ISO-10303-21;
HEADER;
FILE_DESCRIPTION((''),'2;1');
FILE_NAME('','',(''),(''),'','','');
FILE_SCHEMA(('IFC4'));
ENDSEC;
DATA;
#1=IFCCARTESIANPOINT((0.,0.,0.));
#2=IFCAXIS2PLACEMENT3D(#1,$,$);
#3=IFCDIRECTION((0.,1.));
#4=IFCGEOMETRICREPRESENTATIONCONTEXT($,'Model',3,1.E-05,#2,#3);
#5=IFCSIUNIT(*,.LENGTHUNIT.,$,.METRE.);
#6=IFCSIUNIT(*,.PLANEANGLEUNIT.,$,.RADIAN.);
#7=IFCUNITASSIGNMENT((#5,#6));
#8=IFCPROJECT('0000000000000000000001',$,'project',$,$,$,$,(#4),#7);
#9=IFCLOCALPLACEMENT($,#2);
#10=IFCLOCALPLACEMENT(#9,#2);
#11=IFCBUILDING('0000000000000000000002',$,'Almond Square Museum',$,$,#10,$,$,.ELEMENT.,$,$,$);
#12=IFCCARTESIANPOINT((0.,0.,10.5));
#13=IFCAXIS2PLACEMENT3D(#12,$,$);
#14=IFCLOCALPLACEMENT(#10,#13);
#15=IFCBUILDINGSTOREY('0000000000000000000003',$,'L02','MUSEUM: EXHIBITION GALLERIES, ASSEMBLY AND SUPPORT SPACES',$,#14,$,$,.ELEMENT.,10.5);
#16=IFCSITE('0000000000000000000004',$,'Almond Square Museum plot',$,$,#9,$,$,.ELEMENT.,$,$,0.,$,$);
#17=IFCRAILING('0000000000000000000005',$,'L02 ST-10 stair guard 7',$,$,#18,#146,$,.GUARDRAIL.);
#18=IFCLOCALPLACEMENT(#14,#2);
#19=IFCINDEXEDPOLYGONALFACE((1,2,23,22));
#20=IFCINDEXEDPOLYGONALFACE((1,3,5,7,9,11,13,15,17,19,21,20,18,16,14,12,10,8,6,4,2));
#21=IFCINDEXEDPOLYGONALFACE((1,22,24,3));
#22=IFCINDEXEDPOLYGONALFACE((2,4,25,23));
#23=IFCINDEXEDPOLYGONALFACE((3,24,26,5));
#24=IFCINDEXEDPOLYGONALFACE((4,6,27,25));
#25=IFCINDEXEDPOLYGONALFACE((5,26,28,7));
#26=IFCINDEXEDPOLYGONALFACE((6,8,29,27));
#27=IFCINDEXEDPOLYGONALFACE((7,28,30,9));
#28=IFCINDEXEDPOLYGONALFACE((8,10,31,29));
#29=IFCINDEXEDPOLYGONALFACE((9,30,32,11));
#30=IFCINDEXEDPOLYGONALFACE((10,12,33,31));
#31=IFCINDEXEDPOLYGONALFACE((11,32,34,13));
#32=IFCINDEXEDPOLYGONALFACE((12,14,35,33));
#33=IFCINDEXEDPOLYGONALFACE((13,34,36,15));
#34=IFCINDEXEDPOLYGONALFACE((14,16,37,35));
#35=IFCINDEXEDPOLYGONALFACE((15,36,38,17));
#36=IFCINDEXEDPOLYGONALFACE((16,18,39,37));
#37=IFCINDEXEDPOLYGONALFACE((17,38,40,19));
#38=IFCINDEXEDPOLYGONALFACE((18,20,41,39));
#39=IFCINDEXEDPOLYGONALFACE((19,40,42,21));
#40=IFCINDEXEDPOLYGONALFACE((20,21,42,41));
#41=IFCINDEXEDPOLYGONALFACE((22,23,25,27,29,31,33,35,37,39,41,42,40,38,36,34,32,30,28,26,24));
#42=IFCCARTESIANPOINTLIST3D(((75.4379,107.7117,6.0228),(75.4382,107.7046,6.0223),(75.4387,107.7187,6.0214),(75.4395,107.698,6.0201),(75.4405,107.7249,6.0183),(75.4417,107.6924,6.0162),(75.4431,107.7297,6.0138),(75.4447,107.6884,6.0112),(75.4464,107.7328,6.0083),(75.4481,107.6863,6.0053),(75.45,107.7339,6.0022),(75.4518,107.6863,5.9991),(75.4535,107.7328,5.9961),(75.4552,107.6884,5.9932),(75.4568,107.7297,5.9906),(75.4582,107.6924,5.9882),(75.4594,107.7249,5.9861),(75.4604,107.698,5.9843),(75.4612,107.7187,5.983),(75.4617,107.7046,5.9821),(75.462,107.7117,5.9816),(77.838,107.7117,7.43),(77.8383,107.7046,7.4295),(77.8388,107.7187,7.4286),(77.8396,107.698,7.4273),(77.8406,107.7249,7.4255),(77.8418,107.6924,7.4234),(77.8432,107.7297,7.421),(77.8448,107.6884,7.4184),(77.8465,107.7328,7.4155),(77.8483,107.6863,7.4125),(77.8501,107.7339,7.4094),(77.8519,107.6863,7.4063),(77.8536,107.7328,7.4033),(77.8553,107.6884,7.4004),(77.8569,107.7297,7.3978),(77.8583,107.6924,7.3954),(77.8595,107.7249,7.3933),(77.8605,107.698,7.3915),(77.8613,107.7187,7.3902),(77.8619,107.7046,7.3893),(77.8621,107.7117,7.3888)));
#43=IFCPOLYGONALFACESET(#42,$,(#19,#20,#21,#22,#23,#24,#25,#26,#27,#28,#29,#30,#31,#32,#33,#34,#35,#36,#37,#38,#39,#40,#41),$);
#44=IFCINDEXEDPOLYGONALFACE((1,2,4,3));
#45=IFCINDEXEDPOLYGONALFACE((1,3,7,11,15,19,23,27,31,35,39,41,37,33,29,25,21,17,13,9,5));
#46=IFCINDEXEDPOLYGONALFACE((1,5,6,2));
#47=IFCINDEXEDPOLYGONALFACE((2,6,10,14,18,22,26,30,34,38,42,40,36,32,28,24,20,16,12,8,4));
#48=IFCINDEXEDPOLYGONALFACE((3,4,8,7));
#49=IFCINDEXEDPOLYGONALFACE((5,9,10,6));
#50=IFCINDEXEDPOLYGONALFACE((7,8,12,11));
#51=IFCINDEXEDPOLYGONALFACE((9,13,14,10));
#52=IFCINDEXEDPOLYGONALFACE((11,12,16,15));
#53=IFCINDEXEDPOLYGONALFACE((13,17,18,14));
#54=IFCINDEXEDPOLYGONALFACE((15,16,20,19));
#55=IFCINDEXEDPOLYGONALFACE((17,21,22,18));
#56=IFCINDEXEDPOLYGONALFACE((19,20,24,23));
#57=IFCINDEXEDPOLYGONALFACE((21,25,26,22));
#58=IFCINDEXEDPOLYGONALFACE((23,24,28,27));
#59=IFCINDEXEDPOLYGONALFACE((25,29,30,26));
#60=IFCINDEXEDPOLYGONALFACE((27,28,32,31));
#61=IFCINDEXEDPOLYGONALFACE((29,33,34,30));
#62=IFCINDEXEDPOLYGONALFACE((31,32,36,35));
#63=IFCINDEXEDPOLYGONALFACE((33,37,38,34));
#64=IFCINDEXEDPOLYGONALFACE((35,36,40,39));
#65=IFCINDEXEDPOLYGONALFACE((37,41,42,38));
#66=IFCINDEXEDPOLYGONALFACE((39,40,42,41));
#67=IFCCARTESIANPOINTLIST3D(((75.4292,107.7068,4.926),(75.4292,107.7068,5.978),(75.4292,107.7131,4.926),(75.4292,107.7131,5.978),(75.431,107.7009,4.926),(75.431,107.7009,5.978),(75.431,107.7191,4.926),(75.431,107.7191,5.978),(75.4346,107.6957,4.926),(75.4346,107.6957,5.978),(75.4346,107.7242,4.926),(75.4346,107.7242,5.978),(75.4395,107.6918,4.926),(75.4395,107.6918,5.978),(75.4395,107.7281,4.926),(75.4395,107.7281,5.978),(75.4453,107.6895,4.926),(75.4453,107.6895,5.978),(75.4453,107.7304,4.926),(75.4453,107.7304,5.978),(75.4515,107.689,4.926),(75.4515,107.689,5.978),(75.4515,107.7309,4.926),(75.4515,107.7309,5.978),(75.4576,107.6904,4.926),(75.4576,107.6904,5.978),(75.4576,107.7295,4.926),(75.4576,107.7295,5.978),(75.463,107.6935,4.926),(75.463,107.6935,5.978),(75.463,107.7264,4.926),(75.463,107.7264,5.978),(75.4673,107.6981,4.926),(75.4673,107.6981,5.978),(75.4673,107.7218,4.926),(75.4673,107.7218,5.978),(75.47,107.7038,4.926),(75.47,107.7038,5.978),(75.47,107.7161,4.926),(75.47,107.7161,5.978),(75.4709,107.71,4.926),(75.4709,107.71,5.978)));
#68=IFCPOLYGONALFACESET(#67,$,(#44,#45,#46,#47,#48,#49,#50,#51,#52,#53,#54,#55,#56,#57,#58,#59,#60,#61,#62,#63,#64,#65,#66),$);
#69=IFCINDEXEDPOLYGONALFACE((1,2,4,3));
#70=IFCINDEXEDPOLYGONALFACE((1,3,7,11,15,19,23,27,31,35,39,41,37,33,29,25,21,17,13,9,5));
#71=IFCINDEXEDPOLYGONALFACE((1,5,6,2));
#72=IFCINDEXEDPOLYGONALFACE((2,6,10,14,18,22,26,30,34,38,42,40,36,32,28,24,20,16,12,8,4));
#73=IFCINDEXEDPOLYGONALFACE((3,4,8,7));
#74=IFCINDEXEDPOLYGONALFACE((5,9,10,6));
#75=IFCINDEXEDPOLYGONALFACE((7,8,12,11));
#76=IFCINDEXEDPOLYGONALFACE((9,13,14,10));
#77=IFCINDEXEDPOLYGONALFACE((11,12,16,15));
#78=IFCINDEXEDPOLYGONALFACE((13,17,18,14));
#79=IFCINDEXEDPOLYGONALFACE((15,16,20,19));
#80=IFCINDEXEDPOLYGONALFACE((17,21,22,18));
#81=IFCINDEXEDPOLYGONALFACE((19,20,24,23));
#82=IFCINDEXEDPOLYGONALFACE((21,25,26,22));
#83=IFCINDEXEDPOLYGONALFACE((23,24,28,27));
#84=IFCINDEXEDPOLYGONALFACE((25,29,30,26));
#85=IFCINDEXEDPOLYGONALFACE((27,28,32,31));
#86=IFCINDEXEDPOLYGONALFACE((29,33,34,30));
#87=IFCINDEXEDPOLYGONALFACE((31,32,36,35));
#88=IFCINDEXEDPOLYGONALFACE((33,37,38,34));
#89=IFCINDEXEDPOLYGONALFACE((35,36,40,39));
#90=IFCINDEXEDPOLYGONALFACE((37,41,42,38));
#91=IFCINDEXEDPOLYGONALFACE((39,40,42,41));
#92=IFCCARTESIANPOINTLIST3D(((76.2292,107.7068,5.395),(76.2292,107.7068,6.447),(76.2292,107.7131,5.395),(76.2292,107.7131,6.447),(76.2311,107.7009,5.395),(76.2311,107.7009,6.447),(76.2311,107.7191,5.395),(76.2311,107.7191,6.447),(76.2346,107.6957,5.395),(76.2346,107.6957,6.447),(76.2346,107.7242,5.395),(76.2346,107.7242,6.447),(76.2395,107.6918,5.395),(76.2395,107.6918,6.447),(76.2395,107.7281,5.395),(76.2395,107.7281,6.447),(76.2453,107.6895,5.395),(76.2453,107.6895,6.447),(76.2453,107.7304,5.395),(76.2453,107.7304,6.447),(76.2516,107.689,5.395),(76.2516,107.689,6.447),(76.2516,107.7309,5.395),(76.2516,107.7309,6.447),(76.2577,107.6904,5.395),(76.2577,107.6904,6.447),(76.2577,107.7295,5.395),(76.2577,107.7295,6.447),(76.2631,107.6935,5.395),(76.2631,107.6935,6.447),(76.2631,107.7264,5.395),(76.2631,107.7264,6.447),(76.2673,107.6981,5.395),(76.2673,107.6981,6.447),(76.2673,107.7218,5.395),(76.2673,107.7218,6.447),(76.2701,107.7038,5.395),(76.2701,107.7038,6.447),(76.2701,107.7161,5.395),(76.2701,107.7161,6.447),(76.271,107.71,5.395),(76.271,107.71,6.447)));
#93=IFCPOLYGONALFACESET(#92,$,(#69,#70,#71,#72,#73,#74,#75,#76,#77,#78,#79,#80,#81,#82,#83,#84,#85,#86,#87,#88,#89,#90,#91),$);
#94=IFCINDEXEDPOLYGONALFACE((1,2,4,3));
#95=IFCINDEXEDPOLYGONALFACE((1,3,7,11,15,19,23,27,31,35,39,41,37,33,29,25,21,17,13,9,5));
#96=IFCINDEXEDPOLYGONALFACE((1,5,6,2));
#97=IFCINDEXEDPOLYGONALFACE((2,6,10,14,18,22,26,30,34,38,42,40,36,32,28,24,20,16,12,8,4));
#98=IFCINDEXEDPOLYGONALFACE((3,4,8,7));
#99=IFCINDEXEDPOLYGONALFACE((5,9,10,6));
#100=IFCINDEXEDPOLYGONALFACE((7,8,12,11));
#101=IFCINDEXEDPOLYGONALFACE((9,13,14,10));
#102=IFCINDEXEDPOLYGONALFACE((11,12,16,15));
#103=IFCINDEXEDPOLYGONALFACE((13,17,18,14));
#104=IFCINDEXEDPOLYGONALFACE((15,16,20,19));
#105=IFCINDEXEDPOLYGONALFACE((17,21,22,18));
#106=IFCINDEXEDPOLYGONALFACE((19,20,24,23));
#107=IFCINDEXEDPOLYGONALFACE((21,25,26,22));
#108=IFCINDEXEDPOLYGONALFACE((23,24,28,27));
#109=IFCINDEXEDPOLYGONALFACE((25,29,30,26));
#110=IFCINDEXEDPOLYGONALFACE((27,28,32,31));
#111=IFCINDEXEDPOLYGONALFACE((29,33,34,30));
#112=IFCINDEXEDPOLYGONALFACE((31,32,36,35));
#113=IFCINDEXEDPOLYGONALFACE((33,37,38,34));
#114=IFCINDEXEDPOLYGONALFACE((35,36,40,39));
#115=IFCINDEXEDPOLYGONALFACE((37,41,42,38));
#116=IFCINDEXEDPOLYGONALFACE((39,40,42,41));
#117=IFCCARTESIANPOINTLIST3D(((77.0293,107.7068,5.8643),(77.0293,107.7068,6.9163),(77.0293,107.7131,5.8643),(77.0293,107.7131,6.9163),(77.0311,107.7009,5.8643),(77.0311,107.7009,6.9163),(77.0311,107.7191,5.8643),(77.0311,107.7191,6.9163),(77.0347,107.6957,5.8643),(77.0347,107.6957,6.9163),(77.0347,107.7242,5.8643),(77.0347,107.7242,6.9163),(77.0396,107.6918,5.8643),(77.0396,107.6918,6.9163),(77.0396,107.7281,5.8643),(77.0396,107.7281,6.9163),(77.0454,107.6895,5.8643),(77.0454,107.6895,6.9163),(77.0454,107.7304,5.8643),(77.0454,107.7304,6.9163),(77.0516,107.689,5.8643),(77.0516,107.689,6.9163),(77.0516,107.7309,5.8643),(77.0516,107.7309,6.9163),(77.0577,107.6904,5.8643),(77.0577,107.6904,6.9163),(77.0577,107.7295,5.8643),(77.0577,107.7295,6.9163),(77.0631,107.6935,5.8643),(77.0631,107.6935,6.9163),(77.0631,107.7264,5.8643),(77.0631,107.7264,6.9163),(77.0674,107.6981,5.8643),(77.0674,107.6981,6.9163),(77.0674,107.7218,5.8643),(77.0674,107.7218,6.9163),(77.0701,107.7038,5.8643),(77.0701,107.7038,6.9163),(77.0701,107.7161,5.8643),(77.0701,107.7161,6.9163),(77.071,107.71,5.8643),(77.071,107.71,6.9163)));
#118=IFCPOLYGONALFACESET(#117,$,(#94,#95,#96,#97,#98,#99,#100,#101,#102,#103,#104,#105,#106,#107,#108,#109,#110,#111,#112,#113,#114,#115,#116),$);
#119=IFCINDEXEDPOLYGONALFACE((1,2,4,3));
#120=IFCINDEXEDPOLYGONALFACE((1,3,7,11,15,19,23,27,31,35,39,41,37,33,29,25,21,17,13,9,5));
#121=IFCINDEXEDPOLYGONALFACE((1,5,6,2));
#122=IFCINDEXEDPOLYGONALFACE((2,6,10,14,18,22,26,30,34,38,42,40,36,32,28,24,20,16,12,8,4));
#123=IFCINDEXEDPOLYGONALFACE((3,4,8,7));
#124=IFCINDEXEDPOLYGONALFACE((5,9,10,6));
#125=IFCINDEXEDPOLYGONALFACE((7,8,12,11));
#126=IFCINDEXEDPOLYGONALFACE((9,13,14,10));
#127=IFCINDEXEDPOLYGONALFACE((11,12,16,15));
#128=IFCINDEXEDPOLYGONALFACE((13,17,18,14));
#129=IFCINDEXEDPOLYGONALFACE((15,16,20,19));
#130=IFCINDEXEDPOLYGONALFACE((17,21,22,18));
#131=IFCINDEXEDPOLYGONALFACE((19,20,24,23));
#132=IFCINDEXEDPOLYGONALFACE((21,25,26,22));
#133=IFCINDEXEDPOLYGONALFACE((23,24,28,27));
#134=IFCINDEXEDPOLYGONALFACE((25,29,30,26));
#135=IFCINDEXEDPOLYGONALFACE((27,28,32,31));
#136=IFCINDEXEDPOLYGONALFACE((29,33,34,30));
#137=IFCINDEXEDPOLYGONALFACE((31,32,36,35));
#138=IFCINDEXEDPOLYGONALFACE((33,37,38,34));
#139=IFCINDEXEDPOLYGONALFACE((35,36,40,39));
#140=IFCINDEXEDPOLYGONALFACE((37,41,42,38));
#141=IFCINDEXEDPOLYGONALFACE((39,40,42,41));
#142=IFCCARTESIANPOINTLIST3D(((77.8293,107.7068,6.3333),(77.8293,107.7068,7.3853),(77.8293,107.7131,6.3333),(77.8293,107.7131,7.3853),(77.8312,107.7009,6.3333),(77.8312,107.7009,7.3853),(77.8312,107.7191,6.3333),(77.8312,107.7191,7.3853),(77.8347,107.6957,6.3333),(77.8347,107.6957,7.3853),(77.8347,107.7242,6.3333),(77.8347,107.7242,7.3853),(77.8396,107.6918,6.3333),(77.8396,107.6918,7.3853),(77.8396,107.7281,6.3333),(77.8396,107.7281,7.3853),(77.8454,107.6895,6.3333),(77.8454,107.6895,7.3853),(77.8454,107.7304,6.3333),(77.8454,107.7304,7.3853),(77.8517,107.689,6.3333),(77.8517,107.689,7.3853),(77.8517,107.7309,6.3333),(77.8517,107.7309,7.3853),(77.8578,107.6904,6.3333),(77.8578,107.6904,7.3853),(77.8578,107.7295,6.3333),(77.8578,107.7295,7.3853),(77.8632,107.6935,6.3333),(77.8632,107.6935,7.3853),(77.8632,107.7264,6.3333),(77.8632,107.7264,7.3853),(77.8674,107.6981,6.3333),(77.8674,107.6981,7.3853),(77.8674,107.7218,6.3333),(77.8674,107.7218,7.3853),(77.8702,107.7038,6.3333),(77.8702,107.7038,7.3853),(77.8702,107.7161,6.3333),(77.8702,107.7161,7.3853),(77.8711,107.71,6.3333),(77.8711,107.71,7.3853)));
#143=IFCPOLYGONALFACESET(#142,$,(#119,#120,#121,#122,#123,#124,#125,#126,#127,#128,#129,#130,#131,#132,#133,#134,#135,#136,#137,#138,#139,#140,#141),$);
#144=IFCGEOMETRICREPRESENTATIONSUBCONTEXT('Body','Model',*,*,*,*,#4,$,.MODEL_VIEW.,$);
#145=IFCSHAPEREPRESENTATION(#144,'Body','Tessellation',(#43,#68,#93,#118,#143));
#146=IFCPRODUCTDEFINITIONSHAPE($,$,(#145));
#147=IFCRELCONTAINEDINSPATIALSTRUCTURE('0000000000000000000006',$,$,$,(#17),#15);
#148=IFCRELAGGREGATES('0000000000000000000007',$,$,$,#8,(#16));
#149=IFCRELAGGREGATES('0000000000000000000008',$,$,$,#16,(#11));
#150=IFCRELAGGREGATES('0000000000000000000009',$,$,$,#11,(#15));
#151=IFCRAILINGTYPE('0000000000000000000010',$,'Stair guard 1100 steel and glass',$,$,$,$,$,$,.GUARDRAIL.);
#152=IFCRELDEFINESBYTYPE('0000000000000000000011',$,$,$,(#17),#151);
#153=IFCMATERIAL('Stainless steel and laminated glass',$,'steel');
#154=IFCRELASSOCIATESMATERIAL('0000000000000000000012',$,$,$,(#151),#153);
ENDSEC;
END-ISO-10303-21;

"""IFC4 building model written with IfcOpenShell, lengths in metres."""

from ifc_helpers import new_model, si_unit, direction, frame, origin, origin_2d, place, context, subcontext, project, spatial, circle, extrude, material, type_object, element, save


model = new_model("IFC4")

# Units and contexts
model_context = context("Model", 3, precision=1e-05, world=origin(), true_north=direction((0.0, 1.0)))
body_context = subcontext(model_context, "Body", "Model", "MODEL_VIEW")
ifc_project = project(units=[si_unit("LENGTHUNIT", "METRE"), si_unit("PLANEANGLEUNIT", "RADIAN")], contexts=[model_context])

# Site, building, storey
site_placement = place(None, origin())
site = spatial("IfcSite", under=ifc_project, at=site_placement, Name="Almond Square Museum plot", CompositionType="ELEMENT", RefElevation=0.0)
building_placement = place(site_placement, origin())
building = spatial("IfcBuilding", under=site, at=building_placement, Name="Almond Square Museum", CompositionType="ELEMENT")
storey_placement = place(building_placement, frame((0.0, 0.0, 10.5)))
storey = spatial("IfcBuildingStorey", under=building, at=storey_placement, Name="L02", Description="MUSEUM: EXHIBITION GALLERIES, ASSEMBLY AND SUPPORT SPACES", CompositionType="ELEMENT", Elevation=10.5)

# Railing
ifc_material_1 = material(Name="Stainless steel and laminated glass", Category="steel")
railing_type_1 = type_object("IfcRailingType", Name="Stair guard 1100 steel and glass", PredefinedType="GUARDRAIL", material=ifc_material_1)
railing_1_placement = place(storey_placement, frame((75.45, 107.71, 4.926)))
element("IfcRailing", 1, at=railing_1_placement, inside=storey, type_object=railing_type_1, Name="L02 ST-10 stair guard 7", PredefinedType="GUARDRAIL", context=body_context, shape_type="SweptSolid", body=[
    extrude(circle(Radius=0.0239, at=origin_2d()), frame((0.0, 0.0, 1.0762), z_axis=(0.86266, 0.0, 0.505785), x_axis=(0.0, 1.0, 0.0)), (0.0, 0.0, 1.0), 2.7822),
    extrude(circle(Radius=0.021, at=origin_2d()), origin(), (0.0, 0.0, 1.0), 1.052),
    extrude(circle(Radius=0.021, at=origin_2d()), frame((0.8, 0.0, 0.469)), (0.0, 0.0, 1.0), 1.052),
    extrude(circle(Radius=0.021, at=origin_2d()), frame((1.6001, 0.0, 0.9382)), (0.0, 0.0, 1.0), 1.052),
    extrude(circle(Radius=0.021, at=origin_2d()), frame((2.4001, 0.0, 1.4072)), (0.0, 0.0, 1.0), 1.052),
])

save(model, "model.ifc")
